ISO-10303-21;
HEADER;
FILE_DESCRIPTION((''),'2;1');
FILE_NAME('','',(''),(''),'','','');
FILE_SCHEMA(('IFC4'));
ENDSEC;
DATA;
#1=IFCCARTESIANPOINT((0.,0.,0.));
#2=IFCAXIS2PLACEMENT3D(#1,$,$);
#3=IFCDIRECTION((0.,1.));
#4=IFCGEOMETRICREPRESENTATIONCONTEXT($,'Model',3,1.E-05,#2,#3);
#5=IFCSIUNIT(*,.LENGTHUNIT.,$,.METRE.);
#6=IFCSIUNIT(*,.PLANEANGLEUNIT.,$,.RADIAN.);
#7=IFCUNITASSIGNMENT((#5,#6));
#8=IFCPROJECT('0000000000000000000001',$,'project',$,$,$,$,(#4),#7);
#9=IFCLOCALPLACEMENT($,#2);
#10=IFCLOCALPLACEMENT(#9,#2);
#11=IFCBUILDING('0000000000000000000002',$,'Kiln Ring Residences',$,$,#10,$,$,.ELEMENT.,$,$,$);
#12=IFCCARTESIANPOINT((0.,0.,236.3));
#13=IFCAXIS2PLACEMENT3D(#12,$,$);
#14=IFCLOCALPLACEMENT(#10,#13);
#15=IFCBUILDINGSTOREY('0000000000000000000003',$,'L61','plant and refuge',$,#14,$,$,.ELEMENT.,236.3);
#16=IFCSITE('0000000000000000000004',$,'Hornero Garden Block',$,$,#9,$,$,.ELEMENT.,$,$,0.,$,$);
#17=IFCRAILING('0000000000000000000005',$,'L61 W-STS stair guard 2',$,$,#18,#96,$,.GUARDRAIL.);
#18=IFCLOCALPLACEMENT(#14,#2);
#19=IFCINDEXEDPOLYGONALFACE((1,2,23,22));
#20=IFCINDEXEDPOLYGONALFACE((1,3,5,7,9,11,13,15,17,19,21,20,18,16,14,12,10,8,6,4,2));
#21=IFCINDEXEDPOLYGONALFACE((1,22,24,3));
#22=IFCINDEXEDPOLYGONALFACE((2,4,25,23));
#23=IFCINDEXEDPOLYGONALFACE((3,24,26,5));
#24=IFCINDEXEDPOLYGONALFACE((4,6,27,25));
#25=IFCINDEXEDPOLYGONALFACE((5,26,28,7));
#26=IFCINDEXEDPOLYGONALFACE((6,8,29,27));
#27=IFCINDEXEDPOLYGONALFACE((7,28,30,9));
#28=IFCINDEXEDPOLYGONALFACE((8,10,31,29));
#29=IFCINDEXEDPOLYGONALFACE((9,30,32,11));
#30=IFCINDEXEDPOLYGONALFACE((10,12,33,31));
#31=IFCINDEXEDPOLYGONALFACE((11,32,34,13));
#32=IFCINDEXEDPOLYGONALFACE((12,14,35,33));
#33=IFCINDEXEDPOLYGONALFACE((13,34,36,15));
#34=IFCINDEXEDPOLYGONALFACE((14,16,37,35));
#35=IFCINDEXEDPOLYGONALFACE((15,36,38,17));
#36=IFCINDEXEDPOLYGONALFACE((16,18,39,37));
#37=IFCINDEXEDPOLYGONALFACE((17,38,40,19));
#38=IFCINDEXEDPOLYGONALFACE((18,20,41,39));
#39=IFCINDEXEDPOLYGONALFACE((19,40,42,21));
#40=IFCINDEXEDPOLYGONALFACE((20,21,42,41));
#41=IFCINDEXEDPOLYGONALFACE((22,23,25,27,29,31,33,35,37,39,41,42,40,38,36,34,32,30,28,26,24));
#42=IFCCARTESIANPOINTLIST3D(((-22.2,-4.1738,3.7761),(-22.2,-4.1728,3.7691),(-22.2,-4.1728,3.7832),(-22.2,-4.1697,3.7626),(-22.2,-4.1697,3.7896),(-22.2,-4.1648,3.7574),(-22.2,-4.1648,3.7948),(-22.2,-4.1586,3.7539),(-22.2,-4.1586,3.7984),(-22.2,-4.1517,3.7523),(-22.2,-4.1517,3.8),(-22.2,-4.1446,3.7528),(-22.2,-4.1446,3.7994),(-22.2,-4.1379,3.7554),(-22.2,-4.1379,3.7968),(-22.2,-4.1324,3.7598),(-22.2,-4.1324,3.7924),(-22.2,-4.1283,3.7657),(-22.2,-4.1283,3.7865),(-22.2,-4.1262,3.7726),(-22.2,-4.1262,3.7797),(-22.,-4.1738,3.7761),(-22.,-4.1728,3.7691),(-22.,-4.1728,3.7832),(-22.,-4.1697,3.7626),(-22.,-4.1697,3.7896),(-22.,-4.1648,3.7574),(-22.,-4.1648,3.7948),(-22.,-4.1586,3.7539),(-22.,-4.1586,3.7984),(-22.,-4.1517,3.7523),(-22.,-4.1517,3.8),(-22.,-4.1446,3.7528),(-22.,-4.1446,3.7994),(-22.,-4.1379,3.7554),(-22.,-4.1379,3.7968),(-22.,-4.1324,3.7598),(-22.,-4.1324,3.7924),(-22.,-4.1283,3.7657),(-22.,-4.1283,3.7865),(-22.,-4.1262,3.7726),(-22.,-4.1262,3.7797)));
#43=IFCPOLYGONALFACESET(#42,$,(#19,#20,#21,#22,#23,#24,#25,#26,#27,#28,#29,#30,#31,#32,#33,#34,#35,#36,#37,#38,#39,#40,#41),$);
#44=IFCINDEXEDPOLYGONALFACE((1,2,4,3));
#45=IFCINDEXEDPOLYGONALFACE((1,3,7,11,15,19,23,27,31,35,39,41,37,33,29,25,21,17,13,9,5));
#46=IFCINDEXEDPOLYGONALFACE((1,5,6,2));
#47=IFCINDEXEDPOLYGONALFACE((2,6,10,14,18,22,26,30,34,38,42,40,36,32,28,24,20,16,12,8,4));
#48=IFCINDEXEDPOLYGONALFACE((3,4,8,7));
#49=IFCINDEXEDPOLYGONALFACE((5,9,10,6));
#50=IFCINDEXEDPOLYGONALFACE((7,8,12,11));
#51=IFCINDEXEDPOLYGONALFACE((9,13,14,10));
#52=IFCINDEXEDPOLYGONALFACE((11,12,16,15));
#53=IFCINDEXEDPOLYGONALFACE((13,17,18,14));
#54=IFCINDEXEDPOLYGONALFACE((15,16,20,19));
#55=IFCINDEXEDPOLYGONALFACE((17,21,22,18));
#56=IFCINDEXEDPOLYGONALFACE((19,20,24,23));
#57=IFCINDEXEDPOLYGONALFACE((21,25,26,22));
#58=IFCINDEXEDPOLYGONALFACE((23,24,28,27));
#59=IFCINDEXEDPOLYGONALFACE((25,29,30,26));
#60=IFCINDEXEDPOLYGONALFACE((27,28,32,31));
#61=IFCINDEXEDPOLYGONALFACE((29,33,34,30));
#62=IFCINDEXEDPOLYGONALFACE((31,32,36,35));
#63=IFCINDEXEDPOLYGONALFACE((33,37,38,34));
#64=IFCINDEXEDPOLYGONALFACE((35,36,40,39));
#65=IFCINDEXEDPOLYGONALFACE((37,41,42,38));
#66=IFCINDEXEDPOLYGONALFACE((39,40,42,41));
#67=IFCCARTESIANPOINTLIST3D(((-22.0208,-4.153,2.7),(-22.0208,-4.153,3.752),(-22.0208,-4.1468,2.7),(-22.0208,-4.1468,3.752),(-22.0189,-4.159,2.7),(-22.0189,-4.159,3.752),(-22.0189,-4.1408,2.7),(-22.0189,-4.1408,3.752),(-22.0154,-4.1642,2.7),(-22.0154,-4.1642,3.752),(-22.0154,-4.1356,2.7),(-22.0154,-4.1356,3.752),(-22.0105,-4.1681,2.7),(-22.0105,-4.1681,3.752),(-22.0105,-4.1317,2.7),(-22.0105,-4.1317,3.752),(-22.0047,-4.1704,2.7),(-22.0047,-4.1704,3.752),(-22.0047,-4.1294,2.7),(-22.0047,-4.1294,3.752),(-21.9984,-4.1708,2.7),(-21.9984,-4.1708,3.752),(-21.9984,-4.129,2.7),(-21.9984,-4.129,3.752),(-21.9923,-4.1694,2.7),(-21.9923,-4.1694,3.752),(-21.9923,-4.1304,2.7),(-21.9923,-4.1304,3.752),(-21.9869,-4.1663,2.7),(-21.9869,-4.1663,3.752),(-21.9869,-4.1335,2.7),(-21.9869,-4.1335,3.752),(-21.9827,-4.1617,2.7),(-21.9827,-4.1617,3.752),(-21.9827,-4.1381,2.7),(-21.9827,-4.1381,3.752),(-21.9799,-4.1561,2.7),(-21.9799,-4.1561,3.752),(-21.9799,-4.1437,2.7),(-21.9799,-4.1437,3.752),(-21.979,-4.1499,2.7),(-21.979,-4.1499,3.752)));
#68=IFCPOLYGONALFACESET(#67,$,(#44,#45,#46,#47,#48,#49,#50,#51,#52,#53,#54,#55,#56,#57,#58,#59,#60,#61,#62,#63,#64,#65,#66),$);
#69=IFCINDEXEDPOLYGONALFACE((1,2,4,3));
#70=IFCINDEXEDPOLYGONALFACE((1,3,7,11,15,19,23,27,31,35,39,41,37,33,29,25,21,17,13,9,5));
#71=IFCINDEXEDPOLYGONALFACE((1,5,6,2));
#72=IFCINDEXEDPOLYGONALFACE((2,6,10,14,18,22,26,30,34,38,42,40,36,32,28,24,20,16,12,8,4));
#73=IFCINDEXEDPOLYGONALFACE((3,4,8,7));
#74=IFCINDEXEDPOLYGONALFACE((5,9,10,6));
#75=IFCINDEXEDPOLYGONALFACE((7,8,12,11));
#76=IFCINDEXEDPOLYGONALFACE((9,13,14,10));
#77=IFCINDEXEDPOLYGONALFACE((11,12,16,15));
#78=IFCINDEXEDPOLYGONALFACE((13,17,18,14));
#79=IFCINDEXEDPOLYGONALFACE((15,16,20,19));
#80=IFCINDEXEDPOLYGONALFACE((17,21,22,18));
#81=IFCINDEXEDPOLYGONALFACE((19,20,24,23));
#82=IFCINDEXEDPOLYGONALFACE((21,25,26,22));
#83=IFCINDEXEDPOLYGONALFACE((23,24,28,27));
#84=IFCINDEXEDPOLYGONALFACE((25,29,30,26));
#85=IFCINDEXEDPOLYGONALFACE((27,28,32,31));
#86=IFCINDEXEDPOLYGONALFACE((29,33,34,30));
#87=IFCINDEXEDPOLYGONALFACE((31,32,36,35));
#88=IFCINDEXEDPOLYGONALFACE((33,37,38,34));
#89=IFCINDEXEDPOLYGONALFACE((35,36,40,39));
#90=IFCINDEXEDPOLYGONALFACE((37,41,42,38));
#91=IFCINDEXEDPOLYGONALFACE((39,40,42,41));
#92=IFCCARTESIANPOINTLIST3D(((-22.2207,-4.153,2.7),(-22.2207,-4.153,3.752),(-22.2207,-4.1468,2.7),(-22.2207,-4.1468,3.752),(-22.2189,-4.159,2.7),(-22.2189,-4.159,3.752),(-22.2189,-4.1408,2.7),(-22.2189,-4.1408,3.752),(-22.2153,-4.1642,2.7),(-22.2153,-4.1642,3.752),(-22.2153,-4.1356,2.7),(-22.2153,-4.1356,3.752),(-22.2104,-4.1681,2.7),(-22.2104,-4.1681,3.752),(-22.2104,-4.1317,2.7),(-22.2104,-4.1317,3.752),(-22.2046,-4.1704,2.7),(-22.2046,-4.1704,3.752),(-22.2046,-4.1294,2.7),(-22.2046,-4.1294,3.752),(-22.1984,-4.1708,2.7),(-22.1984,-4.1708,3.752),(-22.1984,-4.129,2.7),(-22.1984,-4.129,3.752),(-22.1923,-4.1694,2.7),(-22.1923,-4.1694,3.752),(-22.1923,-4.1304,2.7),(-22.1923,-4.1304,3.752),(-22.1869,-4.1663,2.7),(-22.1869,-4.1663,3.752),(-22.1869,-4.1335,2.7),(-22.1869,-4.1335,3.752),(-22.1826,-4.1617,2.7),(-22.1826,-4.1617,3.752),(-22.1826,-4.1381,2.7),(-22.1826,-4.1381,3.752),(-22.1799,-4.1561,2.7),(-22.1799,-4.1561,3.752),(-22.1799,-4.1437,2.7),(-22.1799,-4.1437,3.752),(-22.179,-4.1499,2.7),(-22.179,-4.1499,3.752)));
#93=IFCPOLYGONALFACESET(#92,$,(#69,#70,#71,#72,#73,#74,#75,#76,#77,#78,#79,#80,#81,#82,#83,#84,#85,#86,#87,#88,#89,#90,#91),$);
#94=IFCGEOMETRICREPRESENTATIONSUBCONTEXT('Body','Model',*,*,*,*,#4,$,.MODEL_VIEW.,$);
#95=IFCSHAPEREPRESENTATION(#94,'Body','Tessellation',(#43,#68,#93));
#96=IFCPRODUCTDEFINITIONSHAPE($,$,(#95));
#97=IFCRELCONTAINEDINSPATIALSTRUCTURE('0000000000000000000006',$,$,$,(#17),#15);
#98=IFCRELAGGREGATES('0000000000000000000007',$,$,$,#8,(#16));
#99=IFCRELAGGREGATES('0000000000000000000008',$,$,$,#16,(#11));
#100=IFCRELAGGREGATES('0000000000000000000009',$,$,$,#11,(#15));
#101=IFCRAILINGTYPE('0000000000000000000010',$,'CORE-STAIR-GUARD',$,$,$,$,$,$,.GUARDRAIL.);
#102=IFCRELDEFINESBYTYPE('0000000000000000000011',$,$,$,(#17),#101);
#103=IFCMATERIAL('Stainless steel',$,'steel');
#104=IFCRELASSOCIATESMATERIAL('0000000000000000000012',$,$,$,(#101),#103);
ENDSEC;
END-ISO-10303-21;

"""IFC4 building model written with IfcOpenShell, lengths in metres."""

from ifc_helpers import new_model, si_unit, direction, frame, origin, origin_2d, place, context, subcontext, project, spatial, circle, extrude, material, type_object, element, save


model = new_model("IFC4")

# Units and contexts
model_context = context("Model", 3, precision=1e-05, world=origin(), true_north=direction((0.0, 1.0)))
body_context = subcontext(model_context, "Body", "Model", "MODEL_VIEW")
ifc_project = project(units=[si_unit("LENGTHUNIT", "METRE"), si_unit("PLANEANGLEUNIT", "RADIAN")], contexts=[model_context])

# Site, building, storey
site_placement = place(None, origin())
site = spatial("IfcSite", under=ifc_project, at=site_placement, Name="Hornero Garden Block", CompositionType="ELEMENT", RefElevation=0.0)
building_placement = place(site_placement, origin())
building = spatial("IfcBuilding", under=site, at=building_placement, Name="Kiln Ring Residences", CompositionType="ELEMENT")
storey_placement = place(building_placement, frame((0.0, 0.0, 236.3)))
storey = spatial("IfcBuildingStorey", under=building, at=storey_placement, Name="L61", Description="plant and refuge", CompositionType="ELEMENT", Elevation=236.3)

# Railing
ifc_material_1 = material(Name="Stainless steel", Category="steel")
railing_type_1 = type_object("IfcRailingType", Name="CORE-STAIR-GUARD", PredefinedType="GUARDRAIL", material=ifc_material_1)
railing_1_placement = place(storey_placement, frame((-22.0, -4.1499, 2.7)))
element("IfcRailing", 1, at=railing_1_placement, inside=storey, type_object=railing_type_1, Name="L61 W-STS stair guard 2", PredefinedType="GUARDRAIL", context=body_context, shape_type="SweptSolid", body=[
    extrude(circle(Radius=0.0239, at=origin_2d()), frame((0.0, 0.0, 1.0762), z_axis=(-1.0, 0.0, 0.0), x_axis=(0.0, -1.0, 0.0)), (0.0, 0.0, 1.0), 0.2),
    extrude(circle(Radius=0.021, at=origin_2d()), origin(), (0.0, 0.0, 1.0), 1.052),
    extrude(circle(Radius=0.021, at=origin_2d()), frame((-0.2, 0.0, 0.0)), (0.0, 0.0, 1.0), 1.052),
])

save(model, "model.ifc")
